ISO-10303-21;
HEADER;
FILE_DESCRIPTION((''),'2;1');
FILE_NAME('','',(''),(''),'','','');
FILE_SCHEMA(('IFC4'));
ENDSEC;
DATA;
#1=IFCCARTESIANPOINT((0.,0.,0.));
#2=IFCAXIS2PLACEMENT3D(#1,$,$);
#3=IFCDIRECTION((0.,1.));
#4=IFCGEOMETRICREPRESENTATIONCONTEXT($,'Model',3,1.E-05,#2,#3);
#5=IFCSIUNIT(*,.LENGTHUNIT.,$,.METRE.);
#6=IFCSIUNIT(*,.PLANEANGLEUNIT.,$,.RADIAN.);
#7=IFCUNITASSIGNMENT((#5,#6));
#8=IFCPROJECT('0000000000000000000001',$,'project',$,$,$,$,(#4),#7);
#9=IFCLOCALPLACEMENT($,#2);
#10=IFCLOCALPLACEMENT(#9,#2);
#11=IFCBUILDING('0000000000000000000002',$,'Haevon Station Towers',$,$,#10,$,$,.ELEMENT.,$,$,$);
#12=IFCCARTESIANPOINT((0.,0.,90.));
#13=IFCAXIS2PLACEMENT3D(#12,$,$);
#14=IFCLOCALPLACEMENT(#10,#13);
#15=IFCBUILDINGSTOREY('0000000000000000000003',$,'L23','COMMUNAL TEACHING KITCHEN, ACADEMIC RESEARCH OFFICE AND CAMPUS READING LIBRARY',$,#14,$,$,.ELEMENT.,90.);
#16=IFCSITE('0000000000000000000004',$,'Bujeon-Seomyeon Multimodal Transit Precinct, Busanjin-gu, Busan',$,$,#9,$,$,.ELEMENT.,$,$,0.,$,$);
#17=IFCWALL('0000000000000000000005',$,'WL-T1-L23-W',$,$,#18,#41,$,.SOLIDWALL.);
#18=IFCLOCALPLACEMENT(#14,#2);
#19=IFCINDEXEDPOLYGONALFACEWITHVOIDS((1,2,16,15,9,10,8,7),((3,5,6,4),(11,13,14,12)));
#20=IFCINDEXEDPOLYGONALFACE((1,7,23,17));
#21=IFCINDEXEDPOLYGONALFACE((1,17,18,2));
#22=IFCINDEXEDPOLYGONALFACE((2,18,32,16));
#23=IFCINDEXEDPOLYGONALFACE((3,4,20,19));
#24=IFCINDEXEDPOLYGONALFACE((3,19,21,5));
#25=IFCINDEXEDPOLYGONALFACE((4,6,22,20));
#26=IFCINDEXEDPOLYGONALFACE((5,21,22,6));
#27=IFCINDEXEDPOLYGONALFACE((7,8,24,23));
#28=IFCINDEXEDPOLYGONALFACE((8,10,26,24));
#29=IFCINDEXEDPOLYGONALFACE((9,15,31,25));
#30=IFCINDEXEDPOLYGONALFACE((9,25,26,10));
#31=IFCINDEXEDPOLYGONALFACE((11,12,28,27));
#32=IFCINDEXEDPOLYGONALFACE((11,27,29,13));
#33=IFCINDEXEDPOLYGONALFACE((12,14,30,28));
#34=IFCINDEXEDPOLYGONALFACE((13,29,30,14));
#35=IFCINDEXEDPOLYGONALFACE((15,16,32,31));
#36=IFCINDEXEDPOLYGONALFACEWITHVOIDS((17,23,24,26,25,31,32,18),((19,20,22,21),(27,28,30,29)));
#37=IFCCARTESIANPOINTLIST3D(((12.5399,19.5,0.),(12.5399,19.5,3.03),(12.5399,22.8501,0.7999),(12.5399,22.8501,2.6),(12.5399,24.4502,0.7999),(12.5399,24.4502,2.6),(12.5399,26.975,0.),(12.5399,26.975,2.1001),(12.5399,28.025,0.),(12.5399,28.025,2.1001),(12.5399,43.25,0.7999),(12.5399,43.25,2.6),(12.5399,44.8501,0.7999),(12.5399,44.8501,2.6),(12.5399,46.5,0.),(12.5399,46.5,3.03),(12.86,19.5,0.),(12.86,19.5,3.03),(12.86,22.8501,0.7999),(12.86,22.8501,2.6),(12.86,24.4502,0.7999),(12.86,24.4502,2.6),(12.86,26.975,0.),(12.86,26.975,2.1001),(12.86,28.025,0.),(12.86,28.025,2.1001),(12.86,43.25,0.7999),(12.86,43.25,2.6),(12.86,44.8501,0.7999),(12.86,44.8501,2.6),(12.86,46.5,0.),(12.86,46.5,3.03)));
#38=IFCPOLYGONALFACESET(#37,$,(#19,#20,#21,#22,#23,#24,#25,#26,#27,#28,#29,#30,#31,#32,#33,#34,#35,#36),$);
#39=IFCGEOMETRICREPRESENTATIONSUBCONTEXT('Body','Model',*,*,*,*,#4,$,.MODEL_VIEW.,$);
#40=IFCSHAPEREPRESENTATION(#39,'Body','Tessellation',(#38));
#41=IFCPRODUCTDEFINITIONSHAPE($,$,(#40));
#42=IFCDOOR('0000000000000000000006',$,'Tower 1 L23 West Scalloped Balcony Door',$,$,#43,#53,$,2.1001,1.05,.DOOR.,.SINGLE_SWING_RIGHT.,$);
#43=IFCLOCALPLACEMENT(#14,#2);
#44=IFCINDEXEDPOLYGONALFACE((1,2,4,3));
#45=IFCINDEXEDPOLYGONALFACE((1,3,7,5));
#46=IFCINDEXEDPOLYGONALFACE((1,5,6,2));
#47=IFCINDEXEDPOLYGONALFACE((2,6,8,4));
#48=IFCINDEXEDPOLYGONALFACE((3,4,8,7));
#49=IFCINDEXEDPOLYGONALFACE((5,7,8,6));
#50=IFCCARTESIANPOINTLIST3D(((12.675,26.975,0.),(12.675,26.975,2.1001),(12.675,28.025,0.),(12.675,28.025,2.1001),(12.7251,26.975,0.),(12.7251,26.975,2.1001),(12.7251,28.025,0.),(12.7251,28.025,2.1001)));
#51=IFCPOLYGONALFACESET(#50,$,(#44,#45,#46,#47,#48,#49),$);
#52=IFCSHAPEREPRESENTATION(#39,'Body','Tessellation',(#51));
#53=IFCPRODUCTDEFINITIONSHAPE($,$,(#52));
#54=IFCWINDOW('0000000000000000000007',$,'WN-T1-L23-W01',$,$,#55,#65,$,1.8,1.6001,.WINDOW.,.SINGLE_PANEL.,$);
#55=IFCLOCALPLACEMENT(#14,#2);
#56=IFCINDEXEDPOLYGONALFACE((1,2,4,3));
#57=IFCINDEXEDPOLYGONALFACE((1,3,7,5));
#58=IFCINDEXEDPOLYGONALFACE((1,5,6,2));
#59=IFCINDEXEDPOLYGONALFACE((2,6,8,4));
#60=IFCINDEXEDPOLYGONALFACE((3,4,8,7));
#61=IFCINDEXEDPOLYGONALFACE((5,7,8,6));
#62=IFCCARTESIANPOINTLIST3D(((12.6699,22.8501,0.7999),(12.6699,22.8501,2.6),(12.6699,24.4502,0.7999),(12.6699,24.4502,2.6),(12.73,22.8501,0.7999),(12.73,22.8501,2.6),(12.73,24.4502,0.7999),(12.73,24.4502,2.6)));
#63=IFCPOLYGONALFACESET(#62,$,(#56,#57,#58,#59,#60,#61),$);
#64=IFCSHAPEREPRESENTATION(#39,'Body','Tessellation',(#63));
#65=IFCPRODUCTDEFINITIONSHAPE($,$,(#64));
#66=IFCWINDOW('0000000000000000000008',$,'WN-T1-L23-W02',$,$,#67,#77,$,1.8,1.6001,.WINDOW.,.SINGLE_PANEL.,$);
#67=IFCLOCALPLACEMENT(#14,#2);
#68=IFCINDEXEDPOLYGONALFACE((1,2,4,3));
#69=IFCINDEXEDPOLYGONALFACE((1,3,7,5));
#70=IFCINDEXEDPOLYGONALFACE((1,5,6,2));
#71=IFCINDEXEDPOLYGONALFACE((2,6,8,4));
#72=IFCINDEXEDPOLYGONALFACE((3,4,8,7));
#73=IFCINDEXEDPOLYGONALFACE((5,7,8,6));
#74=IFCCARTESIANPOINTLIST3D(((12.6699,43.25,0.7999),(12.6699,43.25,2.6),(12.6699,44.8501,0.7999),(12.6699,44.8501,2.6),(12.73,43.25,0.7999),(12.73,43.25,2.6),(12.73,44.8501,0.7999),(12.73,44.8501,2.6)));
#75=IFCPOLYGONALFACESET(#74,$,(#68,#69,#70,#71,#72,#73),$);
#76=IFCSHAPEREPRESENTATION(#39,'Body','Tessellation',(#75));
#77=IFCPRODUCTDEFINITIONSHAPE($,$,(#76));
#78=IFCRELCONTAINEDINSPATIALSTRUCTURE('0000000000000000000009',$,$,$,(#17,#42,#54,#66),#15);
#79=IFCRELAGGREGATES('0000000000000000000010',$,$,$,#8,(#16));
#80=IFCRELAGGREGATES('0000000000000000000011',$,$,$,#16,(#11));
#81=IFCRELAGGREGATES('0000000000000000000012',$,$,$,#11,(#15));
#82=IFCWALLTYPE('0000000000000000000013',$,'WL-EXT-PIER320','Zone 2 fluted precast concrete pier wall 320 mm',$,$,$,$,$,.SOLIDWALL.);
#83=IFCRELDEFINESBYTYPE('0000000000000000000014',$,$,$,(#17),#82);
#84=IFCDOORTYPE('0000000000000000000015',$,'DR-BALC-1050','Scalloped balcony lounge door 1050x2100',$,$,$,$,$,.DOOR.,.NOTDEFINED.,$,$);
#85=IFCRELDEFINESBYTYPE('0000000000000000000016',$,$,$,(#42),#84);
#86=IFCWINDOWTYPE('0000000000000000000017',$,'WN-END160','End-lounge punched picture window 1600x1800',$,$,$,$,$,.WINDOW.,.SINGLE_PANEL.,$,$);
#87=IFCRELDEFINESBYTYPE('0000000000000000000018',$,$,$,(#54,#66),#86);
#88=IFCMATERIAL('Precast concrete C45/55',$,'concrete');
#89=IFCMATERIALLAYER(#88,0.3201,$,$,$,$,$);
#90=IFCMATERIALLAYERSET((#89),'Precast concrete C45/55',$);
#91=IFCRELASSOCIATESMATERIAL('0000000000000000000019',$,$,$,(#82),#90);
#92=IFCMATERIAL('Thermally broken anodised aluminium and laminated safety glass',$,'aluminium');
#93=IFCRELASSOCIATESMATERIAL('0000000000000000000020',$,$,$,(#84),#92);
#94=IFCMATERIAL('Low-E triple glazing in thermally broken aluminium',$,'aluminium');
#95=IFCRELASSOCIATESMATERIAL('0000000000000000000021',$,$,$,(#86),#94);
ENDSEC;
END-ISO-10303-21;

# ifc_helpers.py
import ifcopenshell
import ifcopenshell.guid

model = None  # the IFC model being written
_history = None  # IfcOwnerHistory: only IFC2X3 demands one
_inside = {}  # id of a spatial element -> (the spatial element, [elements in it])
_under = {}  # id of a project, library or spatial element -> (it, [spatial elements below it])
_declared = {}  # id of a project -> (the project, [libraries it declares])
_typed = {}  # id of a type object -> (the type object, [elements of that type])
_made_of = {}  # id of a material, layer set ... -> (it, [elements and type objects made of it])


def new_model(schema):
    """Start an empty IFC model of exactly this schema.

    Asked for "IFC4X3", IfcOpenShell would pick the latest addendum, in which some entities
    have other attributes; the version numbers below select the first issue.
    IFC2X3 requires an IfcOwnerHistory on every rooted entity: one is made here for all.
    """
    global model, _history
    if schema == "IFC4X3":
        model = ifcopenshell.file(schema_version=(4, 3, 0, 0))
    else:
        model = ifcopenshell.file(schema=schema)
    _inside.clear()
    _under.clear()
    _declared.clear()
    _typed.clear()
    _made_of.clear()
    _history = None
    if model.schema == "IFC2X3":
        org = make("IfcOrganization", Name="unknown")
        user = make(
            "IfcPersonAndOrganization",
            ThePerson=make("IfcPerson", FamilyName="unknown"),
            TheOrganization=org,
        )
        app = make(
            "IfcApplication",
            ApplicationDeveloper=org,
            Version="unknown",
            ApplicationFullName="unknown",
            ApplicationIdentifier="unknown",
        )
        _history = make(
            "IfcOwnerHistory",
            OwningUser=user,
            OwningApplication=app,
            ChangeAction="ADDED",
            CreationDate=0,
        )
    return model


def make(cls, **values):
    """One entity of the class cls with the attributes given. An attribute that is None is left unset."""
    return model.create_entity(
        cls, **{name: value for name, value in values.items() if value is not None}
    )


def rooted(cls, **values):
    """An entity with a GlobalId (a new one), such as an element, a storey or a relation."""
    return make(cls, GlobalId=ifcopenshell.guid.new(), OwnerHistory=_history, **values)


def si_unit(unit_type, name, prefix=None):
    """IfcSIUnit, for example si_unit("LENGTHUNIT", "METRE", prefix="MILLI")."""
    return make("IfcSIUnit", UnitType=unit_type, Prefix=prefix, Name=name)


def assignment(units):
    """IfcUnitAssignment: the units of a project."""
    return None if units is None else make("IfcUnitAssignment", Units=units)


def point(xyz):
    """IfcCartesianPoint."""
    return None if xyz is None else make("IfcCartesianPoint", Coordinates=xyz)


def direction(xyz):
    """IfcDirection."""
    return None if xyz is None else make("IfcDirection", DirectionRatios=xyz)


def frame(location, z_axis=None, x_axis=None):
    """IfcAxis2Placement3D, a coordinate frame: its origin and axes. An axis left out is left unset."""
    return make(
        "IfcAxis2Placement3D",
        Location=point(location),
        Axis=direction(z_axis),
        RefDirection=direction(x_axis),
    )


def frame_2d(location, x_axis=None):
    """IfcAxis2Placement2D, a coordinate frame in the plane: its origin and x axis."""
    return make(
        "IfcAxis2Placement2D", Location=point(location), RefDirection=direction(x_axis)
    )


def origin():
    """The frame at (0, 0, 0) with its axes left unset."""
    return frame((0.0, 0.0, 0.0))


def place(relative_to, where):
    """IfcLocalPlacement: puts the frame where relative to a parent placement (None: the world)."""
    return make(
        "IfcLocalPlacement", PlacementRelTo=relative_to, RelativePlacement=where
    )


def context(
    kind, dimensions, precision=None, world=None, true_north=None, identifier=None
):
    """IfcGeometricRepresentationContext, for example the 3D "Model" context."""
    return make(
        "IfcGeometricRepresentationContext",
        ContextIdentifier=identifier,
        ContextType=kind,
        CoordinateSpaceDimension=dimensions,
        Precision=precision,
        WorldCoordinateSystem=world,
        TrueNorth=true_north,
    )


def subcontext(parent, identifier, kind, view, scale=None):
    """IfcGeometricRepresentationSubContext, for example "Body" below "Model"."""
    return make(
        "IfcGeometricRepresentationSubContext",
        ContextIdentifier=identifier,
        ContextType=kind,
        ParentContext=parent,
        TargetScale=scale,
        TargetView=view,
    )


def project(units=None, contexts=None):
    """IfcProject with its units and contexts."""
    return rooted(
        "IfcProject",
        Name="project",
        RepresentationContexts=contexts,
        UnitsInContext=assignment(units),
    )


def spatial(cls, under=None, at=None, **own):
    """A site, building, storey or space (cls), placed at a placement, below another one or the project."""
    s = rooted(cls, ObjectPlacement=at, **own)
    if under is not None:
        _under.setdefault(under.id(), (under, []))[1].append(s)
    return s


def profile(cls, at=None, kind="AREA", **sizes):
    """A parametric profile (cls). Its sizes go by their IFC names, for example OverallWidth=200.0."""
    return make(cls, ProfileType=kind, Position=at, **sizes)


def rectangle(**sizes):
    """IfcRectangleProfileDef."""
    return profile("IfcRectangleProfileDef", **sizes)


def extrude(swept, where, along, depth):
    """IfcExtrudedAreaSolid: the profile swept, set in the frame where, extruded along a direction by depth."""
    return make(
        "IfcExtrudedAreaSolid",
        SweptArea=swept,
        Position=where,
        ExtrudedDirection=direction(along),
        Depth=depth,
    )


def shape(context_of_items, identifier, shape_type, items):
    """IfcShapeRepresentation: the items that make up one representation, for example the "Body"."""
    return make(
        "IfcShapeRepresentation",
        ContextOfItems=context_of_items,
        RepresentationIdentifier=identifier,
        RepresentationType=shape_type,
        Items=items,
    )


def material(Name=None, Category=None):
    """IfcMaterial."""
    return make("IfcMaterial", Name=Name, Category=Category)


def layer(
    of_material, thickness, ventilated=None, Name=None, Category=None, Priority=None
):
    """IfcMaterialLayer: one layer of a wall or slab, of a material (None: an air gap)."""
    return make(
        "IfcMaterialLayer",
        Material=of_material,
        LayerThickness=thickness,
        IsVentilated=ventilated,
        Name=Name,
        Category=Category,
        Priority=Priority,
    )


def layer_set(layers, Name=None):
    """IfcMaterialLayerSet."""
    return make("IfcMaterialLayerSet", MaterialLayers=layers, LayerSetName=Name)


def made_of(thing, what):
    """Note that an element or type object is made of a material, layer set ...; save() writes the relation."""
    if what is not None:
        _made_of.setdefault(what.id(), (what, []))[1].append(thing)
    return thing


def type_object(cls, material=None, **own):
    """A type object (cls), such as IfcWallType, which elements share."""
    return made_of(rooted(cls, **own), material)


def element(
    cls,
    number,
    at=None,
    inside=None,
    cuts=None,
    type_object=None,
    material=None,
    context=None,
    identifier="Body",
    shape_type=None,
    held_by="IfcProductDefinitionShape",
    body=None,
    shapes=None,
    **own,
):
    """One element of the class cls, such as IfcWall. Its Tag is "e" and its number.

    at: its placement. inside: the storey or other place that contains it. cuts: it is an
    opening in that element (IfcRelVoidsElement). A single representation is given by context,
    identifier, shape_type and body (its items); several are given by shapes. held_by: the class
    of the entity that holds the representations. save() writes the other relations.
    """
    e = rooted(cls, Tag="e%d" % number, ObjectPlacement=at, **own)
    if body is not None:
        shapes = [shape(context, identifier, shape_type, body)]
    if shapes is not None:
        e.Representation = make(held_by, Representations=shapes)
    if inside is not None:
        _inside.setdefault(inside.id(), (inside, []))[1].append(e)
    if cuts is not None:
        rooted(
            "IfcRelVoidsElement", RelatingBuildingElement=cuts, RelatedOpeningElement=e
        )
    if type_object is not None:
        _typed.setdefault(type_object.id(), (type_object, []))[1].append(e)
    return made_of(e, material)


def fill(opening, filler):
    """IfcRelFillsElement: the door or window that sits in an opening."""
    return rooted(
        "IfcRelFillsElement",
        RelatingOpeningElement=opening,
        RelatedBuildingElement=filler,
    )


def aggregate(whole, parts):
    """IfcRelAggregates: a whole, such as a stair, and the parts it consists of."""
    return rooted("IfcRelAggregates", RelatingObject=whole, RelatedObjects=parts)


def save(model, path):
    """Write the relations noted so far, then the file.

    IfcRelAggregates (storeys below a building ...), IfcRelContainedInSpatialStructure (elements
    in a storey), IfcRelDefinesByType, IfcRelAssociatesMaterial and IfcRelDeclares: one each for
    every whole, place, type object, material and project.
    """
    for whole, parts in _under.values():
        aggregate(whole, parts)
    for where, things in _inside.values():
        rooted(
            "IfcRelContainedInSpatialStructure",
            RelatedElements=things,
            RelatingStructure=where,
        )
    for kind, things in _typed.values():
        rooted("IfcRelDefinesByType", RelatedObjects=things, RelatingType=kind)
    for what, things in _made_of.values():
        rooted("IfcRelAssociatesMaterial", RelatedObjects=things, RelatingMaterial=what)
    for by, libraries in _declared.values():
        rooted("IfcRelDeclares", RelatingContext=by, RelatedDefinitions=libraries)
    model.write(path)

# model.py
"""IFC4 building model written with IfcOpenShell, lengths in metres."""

from ifc_helpers import new_model, si_unit, direction, frame, frame_2d, origin, place, context, subcontext, project, spatial, rectangle, extrude, material, layer, layer_set, type_object, element, fill, save


model = new_model("IFC4")

# Units and contexts
model_context = context("Model", 3, precision=1e-05, world=origin(), true_north=direction((0.0, 1.0)))
body_context = subcontext(model_context, "Body", "Model", "MODEL_VIEW")
ifc_project = project(units=[si_unit("LENGTHUNIT", "METRE"), si_unit("PLANEANGLEUNIT", "RADIAN")], contexts=[model_context])

# Site, building, storey
site_placement = place(None, origin())
site = spatial("IfcSite", under=ifc_project, at=site_placement, Name="Bujeon-Seomyeon Multimodal Transit Precinct, Busanjin-gu, Busan", CompositionType="ELEMENT", RefElevation=0.0)
building_placement = place(site_placement, origin())
building = spatial("IfcBuilding", under=site, at=building_placement, Name="Haevon Station Towers", CompositionType="ELEMENT")
storey_placement = place(building_placement, frame((0.0, 0.0, 90.0)))
storey = spatial("IfcBuildingStorey", under=building, at=storey_placement, Name="L23", Description="COMMUNAL TEACHING KITCHEN, ACADEMIC RESEARCH OFFICE AND CAMPUS READING LIBRARY", CompositionType="ELEMENT", Elevation=90.0)

# Shared definitions
ifc_material_1 = material(Name="Precast concrete C45/55", Category="concrete")
ifc_layer_1 = layer(ifc_material_1, 0.3201)
ifc_layer_set_1 = layer_set([ifc_layer_1], Name="Precast concrete C45/55")
wall_type_1 = type_object("IfcWallType", Name="WL-EXT-PIER320", Description="Zone 2 fluted precast concrete pier wall 320 mm", PredefinedType="SOLIDWALL", material=ifc_layer_set_1)

# Wall, openings, door, windows
wall_1_placement = place(storey_placement, frame((12.7, 19.5, 0.0), z_axis=(0.0, 0.0, 1.0), x_axis=(0.0, 1.0, 0.0)))
wall_1 = element("IfcWall", 1, at=wall_1_placement, inside=storey, type_object=wall_type_1, Name="WL-T1-L23-W", PredefinedType="SOLIDWALL", context=body_context, shape_type="SweptSolid", body=[
    extrude(rectangle(XDim=27.0, YDim=0.3201, at=frame_2d((13.5, 0.0))), origin(), (0.0, 0.0, 1.0), 3.03),
])
opening_1_placement = place(wall_1_placement, frame((7.4751, 0.0, 0.0)))
opening_1 = element("IfcOpeningElement", 2, at=opening_1_placement, cuts=wall_1, PredefinedType="OPENING", context=body_context, shape_type="SweptSolid", body=[
    extrude(rectangle(XDim=1.05, YDim=2.1001, at=frame_2d((0.5249, 1.05))), frame((0.0, 0.1699, 0.0), z_axis=(0.0, -1.0, 0.0), x_axis=(1.0, 0.0, 0.0)), (0.0, 0.0, 1.0), 0.3401),
])
opening_2_placement = place(wall_1_placement, frame((3.3501, 0.0, 0.8)))
opening_2 = element("IfcOpeningElement", 3, at=opening_2_placement, cuts=wall_1, PredefinedType="OPENING", context=body_context, shape_type="SweptSolid", body=[
    extrude(rectangle(XDim=1.6001, YDim=1.8, at=frame_2d((0.8, 0.8999))), frame((0.0, 0.1699, 0.0), z_axis=(0.0, -1.0, 0.0), x_axis=(1.0, 0.0, 0.0)), (0.0, 0.0, 1.0), 0.3401),
])
opening_3_placement = place(wall_1_placement, frame((23.75, 0.0, 0.8)))
opening_3 = element("IfcOpeningElement", 4, at=opening_3_placement, cuts=wall_1, PredefinedType="OPENING", context=body_context, shape_type="SweptSolid", body=[
    extrude(rectangle(XDim=1.6001, YDim=1.8, at=frame_2d((0.8, 0.8999))), frame((0.0, 0.1699, 0.0), z_axis=(0.0, -1.0, 0.0), x_axis=(1.0, 0.0, 0.0)), (0.0, 0.0, 1.0), 0.3401),
])
ifc_material_2 = material(Name="Thermally broken anodised aluminium and laminated safety glass", Category="aluminium")
door_type_1 = type_object("IfcDoorType", Name="DR-BALC-1050", Description="Scalloped balcony lounge door 1050x2100", OperationType="NOTDEFINED", PredefinedType="DOOR", material=ifc_material_2)
door_1_placement = place(opening_1_placement, origin())
door_1 = element("IfcDoor", 5, at=door_1_placement, inside=storey, type_object=door_type_1, Name="Tower 1 L23 West Scalloped Balcony Door", OperationType="SINGLE_SWING_RIGHT", OverallHeight=2.1001, OverallWidth=1.05, PredefinedType="DOOR", context=body_context, shape_type="SweptSolid", body=[
    extrude(rectangle(XDim=1.05, YDim=2.1001, at=frame_2d((0.5249, 1.05))), frame((0.0, 0.0249, 0.0), z_axis=(0.0, -1.0, 0.0), x_axis=(1.0, 0.0, 0.0)), (0.0, 0.0, 1.0), 0.05),
])
fill(opening_1, door_1)
ifc_material_3 = material(Name="Low-E triple glazing in thermally broken aluminium", Category="aluminium")
window_type = type_object("IfcWindowType", Name="WN-END160", Description="End-lounge punched picture window 1600x1800", PartitioningType="SINGLE_PANEL", PredefinedType="WINDOW", material=ifc_material_3)
window_1_placement = place(opening_2_placement, origin())
window_1 = element("IfcWindow", 6, at=window_1_placement, inside=storey, type_object=window_type, Name="WN-T1-L23-W01", OverallHeight=1.8, OverallWidth=1.6001, PartitioningType="SINGLE_PANEL", PredefinedType="WINDOW", context=body_context, shape_type="SweptSolid", body=[
    extrude(rectangle(XDim=1.6001, YDim=1.8, at=frame_2d((0.8, 0.8999))), frame((0.0, 0.03, 0.0), z_axis=(0.0, -1.0, 0.0), x_axis=(1.0, 0.0, 0.0)), (0.0, 0.0, 1.0), 0.0601),
])
fill(opening_2, window_1)
window_2_placement = place(opening_3_placement, origin())
window_2 = element("IfcWindow", 7, at=window_2_placement, inside=storey, type_object=window_type, Name="WN-T1-L23-W02", OverallHeight=1.8, OverallWidth=1.6001, PartitioningType="SINGLE_PANEL", PredefinedType="WINDOW", context=body_context, shape_type="SweptSolid", body=[
    extrude(rectangle(XDim=1.6001, YDim=1.8, at=frame_2d((0.8, 0.8999))), frame((0.0, 0.03, 0.0), z_axis=(0.0, -1.0, 0.0), x_axis=(1.0, 0.0, 0.0)), (0.0, 0.0, 1.0), 0.0601),
])
fill(opening_3, window_2)

save(model, "model.ifc")
